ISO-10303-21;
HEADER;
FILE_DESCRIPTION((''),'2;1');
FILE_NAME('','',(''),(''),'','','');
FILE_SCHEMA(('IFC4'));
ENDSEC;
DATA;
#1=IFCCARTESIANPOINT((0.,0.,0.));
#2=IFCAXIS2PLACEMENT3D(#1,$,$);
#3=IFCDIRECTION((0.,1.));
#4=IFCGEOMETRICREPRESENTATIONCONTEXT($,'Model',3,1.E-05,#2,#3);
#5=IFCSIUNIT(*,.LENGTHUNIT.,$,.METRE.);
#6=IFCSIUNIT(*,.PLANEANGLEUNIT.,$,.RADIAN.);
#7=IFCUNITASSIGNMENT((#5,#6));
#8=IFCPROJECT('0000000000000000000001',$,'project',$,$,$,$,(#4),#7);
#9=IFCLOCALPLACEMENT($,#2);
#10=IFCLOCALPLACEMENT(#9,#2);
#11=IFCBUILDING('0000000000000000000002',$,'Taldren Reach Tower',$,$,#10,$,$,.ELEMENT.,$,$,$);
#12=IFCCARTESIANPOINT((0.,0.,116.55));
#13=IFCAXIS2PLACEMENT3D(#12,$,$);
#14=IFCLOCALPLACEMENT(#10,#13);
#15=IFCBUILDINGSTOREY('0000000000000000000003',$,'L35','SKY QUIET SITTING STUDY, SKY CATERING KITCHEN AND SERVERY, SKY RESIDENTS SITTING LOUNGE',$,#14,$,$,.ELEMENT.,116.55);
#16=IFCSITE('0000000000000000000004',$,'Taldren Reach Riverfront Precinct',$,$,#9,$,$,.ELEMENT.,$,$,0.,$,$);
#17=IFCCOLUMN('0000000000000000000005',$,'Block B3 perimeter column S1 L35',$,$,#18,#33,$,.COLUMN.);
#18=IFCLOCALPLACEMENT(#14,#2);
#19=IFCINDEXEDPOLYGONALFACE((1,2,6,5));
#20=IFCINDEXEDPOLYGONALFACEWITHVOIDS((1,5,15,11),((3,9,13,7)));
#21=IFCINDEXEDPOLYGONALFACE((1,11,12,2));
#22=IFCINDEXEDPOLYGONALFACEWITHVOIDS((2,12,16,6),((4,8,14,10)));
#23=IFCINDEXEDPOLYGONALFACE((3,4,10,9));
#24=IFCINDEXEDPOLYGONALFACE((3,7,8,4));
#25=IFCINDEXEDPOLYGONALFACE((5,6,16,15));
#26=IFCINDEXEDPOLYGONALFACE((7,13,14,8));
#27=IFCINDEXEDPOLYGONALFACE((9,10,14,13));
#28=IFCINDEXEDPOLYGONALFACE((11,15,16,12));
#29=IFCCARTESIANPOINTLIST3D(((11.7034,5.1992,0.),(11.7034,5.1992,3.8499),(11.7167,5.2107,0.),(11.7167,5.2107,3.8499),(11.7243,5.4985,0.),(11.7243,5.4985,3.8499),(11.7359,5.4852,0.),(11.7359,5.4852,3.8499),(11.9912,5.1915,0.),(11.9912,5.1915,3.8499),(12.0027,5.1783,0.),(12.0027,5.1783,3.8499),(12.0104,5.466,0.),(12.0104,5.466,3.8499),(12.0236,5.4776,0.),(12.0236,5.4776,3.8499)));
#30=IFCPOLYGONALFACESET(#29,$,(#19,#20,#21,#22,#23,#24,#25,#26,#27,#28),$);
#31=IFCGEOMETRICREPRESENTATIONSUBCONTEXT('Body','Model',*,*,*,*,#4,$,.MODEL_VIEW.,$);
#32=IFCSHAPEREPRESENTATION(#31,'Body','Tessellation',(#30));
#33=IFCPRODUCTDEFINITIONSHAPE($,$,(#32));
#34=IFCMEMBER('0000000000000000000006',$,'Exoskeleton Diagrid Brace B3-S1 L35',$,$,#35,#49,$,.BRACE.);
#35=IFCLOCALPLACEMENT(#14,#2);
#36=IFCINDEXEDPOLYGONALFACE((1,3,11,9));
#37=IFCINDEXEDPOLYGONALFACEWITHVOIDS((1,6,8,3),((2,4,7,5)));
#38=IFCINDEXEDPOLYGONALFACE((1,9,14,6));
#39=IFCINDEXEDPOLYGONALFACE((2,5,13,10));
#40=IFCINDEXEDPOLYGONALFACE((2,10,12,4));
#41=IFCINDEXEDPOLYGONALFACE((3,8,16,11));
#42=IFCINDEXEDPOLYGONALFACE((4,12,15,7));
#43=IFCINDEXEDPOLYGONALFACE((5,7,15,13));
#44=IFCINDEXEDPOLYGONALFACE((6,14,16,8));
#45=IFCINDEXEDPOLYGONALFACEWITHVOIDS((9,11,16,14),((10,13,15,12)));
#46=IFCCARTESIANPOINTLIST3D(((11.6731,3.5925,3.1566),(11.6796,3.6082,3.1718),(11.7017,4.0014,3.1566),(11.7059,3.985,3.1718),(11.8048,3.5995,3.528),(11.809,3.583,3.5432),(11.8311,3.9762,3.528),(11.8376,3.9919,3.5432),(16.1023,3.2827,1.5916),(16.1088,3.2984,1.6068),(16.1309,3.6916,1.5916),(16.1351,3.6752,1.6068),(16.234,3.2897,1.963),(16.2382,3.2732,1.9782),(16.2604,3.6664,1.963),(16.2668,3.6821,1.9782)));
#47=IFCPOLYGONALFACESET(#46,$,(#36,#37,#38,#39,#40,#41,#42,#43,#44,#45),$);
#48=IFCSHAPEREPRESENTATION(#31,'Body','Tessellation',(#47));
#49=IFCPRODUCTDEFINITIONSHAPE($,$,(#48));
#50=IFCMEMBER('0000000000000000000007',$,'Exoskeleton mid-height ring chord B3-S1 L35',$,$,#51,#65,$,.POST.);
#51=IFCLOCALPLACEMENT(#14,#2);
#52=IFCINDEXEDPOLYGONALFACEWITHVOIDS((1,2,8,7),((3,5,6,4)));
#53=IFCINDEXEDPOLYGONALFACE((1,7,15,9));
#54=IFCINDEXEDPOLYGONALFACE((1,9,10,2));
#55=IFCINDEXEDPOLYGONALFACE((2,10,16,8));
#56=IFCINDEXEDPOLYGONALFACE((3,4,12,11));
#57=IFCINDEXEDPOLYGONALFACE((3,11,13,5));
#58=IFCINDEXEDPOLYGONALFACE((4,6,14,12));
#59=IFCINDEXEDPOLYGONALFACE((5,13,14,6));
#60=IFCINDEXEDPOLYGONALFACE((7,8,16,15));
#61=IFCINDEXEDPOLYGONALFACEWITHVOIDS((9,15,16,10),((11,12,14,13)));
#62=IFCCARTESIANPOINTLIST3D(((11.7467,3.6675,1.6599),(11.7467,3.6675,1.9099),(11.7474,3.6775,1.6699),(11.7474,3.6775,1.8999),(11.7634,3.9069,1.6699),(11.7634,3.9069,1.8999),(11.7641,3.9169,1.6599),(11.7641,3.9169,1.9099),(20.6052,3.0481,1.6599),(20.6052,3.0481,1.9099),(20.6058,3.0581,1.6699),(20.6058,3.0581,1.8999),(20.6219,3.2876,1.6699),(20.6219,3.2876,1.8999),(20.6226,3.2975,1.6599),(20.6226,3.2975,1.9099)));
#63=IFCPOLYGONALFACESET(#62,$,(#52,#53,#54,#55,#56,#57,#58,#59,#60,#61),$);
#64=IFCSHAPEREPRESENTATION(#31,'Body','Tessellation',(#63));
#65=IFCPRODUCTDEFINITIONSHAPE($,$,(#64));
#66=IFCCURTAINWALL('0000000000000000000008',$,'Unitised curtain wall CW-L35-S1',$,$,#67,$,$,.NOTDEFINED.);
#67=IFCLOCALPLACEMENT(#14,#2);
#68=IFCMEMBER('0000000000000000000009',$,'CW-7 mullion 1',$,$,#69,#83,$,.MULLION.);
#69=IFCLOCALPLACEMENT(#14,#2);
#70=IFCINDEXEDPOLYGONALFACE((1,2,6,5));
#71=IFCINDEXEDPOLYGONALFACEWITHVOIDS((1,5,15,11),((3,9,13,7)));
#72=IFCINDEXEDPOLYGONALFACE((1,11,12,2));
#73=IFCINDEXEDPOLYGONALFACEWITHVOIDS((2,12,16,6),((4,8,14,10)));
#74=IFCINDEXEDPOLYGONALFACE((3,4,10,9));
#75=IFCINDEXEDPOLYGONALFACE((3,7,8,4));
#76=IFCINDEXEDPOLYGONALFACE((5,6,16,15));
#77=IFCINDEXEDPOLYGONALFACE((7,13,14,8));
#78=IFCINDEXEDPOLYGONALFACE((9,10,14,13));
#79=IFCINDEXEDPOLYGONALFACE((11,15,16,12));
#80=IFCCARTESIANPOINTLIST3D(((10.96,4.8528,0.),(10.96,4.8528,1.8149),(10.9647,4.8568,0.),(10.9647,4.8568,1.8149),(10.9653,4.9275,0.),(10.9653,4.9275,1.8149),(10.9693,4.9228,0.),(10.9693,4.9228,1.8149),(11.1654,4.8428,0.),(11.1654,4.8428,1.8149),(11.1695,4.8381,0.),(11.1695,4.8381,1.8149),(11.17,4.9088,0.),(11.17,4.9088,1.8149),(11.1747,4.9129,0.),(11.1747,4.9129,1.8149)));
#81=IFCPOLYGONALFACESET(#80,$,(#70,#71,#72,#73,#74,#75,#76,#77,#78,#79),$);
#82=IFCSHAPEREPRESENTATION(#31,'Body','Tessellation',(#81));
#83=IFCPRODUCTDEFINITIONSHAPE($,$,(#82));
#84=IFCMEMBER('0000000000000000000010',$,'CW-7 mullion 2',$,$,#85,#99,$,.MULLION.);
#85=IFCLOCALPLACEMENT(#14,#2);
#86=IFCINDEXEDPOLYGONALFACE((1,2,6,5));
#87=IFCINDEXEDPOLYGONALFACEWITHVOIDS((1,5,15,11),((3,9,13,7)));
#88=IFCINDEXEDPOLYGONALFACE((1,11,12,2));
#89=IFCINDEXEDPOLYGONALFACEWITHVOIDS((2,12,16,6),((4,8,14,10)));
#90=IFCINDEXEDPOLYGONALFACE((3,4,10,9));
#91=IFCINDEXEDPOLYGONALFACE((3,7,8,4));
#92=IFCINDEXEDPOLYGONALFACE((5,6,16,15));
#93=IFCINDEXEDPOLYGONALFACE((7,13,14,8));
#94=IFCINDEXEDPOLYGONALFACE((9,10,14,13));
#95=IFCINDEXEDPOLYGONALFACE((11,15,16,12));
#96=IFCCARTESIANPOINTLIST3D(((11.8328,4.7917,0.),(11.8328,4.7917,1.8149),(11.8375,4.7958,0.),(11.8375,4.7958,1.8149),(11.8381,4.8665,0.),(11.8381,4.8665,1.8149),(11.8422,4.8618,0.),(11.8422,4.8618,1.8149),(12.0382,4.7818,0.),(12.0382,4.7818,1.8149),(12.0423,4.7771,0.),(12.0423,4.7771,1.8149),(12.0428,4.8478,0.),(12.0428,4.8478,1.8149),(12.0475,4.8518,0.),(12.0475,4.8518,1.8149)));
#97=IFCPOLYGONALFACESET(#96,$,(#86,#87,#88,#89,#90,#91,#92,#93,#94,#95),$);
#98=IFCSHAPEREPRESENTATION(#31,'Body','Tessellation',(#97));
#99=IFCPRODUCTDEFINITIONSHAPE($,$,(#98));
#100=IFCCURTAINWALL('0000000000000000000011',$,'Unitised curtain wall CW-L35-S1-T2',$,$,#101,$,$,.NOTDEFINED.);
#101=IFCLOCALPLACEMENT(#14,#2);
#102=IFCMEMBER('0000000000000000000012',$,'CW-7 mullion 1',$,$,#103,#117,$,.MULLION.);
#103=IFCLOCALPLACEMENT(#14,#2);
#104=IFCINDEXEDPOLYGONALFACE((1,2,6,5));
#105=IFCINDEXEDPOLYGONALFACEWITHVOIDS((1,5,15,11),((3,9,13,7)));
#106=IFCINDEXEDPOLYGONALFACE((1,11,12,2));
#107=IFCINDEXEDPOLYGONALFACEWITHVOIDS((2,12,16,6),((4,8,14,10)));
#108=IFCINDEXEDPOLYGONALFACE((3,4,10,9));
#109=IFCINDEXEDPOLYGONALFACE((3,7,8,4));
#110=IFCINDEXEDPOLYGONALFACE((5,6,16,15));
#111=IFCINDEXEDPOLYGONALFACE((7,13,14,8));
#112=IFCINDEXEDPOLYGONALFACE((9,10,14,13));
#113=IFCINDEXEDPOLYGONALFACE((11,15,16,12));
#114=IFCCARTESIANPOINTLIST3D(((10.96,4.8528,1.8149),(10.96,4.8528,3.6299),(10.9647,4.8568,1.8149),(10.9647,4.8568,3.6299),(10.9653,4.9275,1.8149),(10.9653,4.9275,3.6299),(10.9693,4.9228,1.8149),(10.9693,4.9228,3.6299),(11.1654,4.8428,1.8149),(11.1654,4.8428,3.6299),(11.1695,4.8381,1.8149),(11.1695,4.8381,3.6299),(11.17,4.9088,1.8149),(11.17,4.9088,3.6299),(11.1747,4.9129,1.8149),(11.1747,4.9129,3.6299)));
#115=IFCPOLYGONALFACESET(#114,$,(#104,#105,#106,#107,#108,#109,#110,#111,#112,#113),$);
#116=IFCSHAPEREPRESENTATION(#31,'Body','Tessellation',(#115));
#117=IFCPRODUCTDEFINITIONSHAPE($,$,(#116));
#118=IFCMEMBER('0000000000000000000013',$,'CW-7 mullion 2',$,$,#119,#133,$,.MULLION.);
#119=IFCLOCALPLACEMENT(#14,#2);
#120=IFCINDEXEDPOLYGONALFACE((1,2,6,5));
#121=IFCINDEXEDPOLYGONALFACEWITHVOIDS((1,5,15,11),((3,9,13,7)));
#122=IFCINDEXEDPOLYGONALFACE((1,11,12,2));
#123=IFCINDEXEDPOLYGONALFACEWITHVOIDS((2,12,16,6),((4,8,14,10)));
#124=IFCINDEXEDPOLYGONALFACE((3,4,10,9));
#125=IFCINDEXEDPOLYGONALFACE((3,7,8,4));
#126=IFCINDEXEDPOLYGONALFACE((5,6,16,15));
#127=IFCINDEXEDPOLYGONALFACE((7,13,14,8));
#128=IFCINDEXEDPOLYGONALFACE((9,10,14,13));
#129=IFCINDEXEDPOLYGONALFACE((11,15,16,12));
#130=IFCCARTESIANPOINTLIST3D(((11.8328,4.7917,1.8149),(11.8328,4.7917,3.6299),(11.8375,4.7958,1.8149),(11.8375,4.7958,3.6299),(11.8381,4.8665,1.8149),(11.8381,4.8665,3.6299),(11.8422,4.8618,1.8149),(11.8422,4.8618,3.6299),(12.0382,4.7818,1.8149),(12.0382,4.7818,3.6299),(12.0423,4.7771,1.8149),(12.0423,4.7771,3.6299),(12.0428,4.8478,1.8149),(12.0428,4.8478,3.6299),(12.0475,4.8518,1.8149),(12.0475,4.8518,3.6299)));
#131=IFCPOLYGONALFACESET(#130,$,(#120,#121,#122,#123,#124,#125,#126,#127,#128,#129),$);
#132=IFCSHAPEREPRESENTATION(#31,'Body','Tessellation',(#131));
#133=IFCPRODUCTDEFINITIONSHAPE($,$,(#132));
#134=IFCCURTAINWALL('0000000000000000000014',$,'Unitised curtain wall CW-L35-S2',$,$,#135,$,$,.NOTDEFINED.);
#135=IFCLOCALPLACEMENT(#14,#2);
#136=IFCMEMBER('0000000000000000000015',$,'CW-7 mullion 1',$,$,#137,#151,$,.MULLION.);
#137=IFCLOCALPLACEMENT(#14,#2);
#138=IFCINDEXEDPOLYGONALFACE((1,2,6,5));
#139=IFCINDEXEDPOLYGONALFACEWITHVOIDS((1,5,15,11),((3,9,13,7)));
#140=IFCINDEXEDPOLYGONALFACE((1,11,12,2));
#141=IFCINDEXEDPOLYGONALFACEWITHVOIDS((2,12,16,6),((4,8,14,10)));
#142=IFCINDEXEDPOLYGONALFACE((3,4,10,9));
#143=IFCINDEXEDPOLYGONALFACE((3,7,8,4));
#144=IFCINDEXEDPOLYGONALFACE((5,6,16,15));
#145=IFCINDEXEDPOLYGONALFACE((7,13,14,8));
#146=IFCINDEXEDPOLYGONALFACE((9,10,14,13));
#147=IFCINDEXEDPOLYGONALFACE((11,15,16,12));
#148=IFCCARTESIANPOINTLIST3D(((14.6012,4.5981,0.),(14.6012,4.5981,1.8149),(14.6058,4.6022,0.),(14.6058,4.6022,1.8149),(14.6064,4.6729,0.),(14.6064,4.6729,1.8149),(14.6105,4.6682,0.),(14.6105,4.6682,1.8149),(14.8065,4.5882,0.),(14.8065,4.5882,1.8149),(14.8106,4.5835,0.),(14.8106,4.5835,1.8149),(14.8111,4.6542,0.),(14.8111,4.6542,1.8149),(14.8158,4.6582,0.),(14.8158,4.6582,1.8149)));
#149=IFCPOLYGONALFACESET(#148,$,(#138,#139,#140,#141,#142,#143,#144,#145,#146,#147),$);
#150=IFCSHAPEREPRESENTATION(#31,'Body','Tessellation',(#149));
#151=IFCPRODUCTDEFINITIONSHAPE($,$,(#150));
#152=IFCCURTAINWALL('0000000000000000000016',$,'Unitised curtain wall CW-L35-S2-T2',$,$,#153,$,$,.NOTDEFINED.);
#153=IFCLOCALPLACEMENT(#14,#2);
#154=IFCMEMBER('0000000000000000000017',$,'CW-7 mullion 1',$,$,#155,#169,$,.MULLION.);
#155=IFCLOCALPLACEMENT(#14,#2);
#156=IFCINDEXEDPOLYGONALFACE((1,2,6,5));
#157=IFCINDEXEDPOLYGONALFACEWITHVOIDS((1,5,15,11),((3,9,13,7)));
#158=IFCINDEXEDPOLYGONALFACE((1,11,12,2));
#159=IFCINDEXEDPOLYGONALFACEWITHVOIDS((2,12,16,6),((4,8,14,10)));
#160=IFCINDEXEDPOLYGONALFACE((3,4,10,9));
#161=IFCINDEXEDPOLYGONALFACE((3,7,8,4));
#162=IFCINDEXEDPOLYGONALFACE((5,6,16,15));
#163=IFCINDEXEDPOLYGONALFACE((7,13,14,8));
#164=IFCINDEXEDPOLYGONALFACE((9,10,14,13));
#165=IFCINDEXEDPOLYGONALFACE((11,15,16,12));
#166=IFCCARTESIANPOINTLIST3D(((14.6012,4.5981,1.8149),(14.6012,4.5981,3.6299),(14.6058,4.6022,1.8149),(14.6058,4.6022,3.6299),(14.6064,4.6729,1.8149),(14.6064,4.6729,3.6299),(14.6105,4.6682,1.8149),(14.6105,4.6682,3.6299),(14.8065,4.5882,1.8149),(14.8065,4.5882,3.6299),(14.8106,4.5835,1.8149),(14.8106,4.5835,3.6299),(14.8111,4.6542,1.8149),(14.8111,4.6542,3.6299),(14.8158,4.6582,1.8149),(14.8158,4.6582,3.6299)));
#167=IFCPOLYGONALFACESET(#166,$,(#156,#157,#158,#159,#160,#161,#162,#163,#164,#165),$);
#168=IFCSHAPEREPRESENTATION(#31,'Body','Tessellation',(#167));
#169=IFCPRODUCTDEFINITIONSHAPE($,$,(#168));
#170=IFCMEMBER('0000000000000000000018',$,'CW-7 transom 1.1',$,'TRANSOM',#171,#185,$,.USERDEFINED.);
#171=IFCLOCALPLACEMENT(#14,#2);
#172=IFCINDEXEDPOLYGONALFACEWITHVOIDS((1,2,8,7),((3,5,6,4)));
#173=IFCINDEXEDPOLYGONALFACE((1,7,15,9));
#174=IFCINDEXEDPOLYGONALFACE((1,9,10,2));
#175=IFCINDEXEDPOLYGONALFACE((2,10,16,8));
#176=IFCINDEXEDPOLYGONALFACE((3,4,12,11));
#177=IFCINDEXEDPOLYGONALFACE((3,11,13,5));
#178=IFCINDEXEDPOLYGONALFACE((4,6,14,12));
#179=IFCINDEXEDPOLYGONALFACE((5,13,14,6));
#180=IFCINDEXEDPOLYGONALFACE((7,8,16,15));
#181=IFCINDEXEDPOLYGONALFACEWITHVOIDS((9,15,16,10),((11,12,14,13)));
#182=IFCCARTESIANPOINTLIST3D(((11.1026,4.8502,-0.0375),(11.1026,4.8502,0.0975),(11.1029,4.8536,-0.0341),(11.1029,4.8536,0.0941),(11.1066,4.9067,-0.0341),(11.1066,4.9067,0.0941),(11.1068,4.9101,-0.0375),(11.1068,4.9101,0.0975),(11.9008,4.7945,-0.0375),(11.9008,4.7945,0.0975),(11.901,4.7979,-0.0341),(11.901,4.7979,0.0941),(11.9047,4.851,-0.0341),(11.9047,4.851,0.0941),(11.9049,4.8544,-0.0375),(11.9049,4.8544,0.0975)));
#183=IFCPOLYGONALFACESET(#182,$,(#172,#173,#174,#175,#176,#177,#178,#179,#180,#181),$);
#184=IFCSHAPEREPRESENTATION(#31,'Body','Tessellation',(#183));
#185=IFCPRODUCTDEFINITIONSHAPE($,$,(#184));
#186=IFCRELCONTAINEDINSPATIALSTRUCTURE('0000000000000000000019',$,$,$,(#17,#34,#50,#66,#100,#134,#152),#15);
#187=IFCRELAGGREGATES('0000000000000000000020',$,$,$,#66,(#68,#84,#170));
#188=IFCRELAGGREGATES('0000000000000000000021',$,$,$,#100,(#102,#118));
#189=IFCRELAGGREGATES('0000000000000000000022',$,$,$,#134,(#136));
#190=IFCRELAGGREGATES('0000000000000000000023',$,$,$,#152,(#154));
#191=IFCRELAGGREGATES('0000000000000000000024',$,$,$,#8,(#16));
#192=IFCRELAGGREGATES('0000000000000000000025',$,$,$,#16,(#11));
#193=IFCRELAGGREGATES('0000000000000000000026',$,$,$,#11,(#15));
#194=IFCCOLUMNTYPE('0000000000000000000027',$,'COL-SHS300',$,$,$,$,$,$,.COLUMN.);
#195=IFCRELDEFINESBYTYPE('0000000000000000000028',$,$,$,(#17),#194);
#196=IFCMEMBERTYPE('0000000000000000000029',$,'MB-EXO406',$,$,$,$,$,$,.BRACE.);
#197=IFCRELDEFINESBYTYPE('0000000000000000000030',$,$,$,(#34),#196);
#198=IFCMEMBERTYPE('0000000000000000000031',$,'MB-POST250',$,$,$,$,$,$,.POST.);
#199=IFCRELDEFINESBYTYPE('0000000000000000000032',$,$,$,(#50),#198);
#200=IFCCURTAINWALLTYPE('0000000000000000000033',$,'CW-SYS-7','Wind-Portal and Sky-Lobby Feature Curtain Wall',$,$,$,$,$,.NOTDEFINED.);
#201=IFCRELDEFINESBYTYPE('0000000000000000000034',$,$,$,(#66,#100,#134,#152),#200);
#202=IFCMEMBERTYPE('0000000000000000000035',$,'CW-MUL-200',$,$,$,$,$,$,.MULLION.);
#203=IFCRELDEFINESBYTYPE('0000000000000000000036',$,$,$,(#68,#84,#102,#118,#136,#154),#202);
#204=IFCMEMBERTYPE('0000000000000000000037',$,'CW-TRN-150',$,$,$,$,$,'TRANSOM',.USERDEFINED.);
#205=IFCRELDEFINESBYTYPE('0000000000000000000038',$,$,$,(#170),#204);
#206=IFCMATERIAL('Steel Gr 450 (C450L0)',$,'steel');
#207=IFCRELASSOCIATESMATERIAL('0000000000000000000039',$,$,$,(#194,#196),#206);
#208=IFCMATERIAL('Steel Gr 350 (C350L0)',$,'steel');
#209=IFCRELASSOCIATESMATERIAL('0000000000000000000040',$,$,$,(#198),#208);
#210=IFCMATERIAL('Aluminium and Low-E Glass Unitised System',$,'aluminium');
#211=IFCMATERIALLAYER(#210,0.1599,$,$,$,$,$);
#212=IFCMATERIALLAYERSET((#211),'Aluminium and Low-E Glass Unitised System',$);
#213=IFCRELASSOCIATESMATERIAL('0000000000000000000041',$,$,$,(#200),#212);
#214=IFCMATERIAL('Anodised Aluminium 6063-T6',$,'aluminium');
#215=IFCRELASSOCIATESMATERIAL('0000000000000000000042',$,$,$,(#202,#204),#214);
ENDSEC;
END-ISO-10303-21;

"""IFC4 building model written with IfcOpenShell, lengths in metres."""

from ifc_helpers import new_model, si_unit, direction, frame, origin, origin_2d, place, context, subcontext, project, spatial, hollow_rectangle, extrude, source, transform, mapped, material, layer, layer_set, material_profile, profile_set, type_object, element, aggregate, save


model = new_model("IFC4")

# Units and contexts
model_context = context("Model", 3, precision=1e-05, world=origin(), true_north=direction((0.0, 1.0)))
body_context = subcontext(model_context, "Body", "Model", "MODEL_VIEW")
ifc_project = project(units=[si_unit("LENGTHUNIT", "METRE"), si_unit("PLANEANGLEUNIT", "RADIAN")], contexts=[model_context])

# Site, building, storey
site_placement = place(None, origin())
site = spatial("IfcSite", under=ifc_project, at=site_placement, Name="Taldren Reach Riverfront Precinct", CompositionType="ELEMENT", RefElevation=0.0)
building_placement = place(site_placement, origin())
building = spatial("IfcBuilding", under=site, at=building_placement, Name="Taldren Reach Tower", CompositionType="ELEMENT")
storey_placement = place(building_placement, frame((0.0, 0.0, 116.55)))
storey = spatial("IfcBuildingStorey", under=building, at=storey_placement, Name="L35", Description="SKY QUIET SITTING STUDY, SKY CATERING KITCHEN AND SERVERY, SKY RESIDENTS SITTING LOUNGE", CompositionType="ELEMENT", Elevation=116.55)

# Column
ifc_material_1 = material(Name="Steel Gr 450 (C450L0)", Category="steel")
ifc_material_profile_1 = material_profile(ifc_material_1, hollow_rectangle(XDim=0.3, YDim=0.3, WallThickness=0.0125, at=origin_2d()), Name="300x300x12.5SHS")
ifc_profile_set_1 = profile_set([ifc_material_profile_1], Name="Steel Gr 450 (C450L0)")
column_type = type_object("IfcColumnType", Name="COL-SHS300", PredefinedType="COLUMN", material=ifc_profile_set_1)
shared_shape_1 = source(origin(), body_context, "Body", "SweptSolid", [
    extrude(hollow_rectangle(XDim=0.3, YDim=0.3, WallThickness=0.0125, at=origin_2d()), origin(), (0.0, 0.0, 1.0), 3.8499),
])
column_placement = place(storey_placement, frame((11.8635, 5.3384, 0.0), z_axis=(0.0, 0.0, 1.0), x_axis=(0.997564, -0.069756, 0.0)))
element("IfcColumn", 1, at=column_placement, inside=storey, type_object=column_type, Name="Block B3 perimeter column S1 L35", PredefinedType="COLUMN", context=body_context, shape_type="MappedRepresentation", body=[
    mapped(shared_shape_1, transform((0.0, 0.0, 0.0), scale=1.0)),
])

# Members
ifc_material_profile_2 = material_profile(ifc_material_1, hollow_rectangle(XDim=0.4099, YDim=0.4099, WallThickness=0.0161, at=origin_2d()), Name="410x410x16.0SHS")
ifc_profile_set_2 = profile_set([ifc_material_profile_2], Name="Steel Gr 450 (C450L0)")
member_type_1 = type_object("IfcMemberType", Name="MB-EXO406", PredefinedType="BRACE", material=ifc_profile_set_2)
shared_shape_2 = source(origin(), body_context, "Body", "SweptSolid", [
    extrude(hollow_rectangle(XDim=0.4099, YDim=0.4099, WallThickness=0.0161, at=origin_2d()), origin(), (0.0, 0.0, 1.0), 4.7078),
])
member_1_placement = place(storey_placement, frame((16.1846, 3.4824, 1.7849), z_axis=(-0.940833, 0.06581, 0.332419), x_axis=(-0.069778, -0.997563, 0.0)))
element("IfcMember", 2, at=member_1_placement, inside=storey, type_object=member_type_1, Name="Exoskeleton Diagrid Brace B3-S1 L35", PredefinedType="BRACE", context=body_context, shape_type="MappedRepresentation", body=[
    mapped(shared_shape_2, transform((0.0, 0.0, 0.0), scale=1.0)),
])
ifc_material_2 = material(Name="Steel Gr 350 (C350L0)", Category="steel")
ifc_material_profile_3 = material_profile(ifc_material_2, hollow_rectangle(XDim=0.25, YDim=0.25, WallThickness=0.01, at=origin_2d()), Name="250x250x10.0SHS")
ifc_profile_set_3 = profile_set([ifc_material_profile_3], Name="Steel Gr 350 (C350L0)")
member_type_2 = type_object("IfcMemberType", Name="MB-POST250", PredefinedType="POST", material=ifc_profile_set_3)
shared_shape_3 = source(origin(), body_context, "Body", "SweptSolid", [
    extrude(hollow_rectangle(XDim=0.25, YDim=0.25, WallThickness=0.01, at=origin_2d()), origin(), (0.0, 0.0, 1.0), 8.8801),
])
member_2_placement = place(storey_placement, frame((11.7554, 3.7922, 1.7849), z_axis=(0.997564, -0.06975, 0.0), x_axis=(0.06975, 0.997564, 0.0)))
element("IfcMember", 3, at=member_2_placement, inside=storey, type_object=member_type_2, Name="Exoskeleton mid-height ring chord B3-S1 L35", PredefinedType="POST", context=body_context, shape_type="MappedRepresentation", body=[
    mapped(shared_shape_3, transform((0.0, 0.0, 0.0), scale=1.0)),
])

# Curtain walls, members
ifc_material_3 = material(Name="Aluminium and Low-E Glass Unitised System", Category="aluminium")
ifc_layer_1 = layer(ifc_material_3, 0.1599)
ifc_layer_set_1 = layer_set([ifc_layer_1], Name="Aluminium and Low-E Glass Unitised System")
curtain_wall_type = type_object("IfcCurtainWallType", Name="CW-SYS-7", Description="Wind-Portal and Sky-Lobby Feature Curtain Wall", PredefinedType="NOTDEFINED", material=ifc_layer_set_1)
curtain_wall_1_placement = place(storey_placement, origin())
curtain_wall_1 = element("IfcCurtainWall", 4, at=curtain_wall_1_placement, inside=storey, type_object=curtain_wall_type, Name="Unitised curtain wall CW-L35-S1", PredefinedType="NOTDEFINED")
ifc_material_4 = material(Name="Anodised Aluminium 6063-T6", Category="aluminium")
ifc_material_profile_4 = material_profile(ifc_material_4, hollow_rectangle(XDim=0.075, YDim=0.21, WallThickness=0.0044, at=origin_2d()), Name="ALU-210x75x4.5RHS")
ifc_profile_set_4 = profile_set([ifc_material_profile_4], Name="Anodised Aluminium 6063-T6")
member_type_3 = type_object("IfcMemberType", Name="CW-MUL-200", PredefinedType="MULLION", material=ifc_profile_set_4)
shared_shape_4 = source(origin(), body_context, "Body", "SweptSolid", [
    extrude(hollow_rectangle(XDim=0.075, YDim=0.21, WallThickness=0.0044, at=origin_2d()), origin(), (0.0, 0.0, 1.0), 1.8149),
])
member_3_placement = place(storey_placement, frame((11.0674, 4.8828, 0.0), z_axis=(0.0, 0.0, 1.0), x_axis=(0.069758, 0.997564, 0.0)))
member_3 = element("IfcMember", 5, at=member_3_placement, type_object=member_type_3, Name="CW-7 mullion 1", PredefinedType="MULLION", context=body_context, shape_type="MappedRepresentation", body=[
    mapped(shared_shape_4, transform((0.0, 0.0, 0.0), scale=1.0)),
])
member_4_placement = place(storey_placement, frame((11.9402, 4.8218, 0.0), z_axis=(0.0, 0.0, 1.0), x_axis=(0.069758, 0.997564, 0.0)))
member_4 = element("IfcMember", 6, at=member_4_placement, type_object=member_type_3, Name="CW-7 mullion 2", PredefinedType="MULLION", context=body_context, shape_type="MappedRepresentation", body=[
    mapped(shared_shape_4, transform((0.0, 0.0, 0.0), scale=1.0)),
])
curtain_wall_2_placement = place(storey_placement, origin())
curtain_wall_2 = element("IfcCurtainWall", 7, at=curtain_wall_2_placement, inside=storey, type_object=curtain_wall_type, Name="Unitised curtain wall CW-L35-S1-T2", PredefinedType="NOTDEFINED")
member_5_placement = place(storey_placement, frame((11.0674, 4.8828, 1.8149), z_axis=(0.0, 0.0, 1.0), x_axis=(0.069758, 0.997564, 0.0)))
member_5 = element("IfcMember", 8, at=member_5_placement, type_object=member_type_3, Name="CW-7 mullion 1", PredefinedType="MULLION", context=body_context, shape_type="MappedRepresentation", body=[
    mapped(shared_shape_4, transform((0.0, 0.0, 0.0), scale=1.0)),
])
member_6_placement = place(storey_placement, frame((11.9402, 4.8218, 1.8149), z_axis=(0.0, 0.0, 1.0), x_axis=(0.069758, 0.997564, 0.0)))
member_6 = element("IfcMember", 9, at=member_6_placement, type_object=member_type_3, Name="CW-7 mullion 2", PredefinedType="MULLION", context=body_context, shape_type="MappedRepresentation", body=[
    mapped(shared_shape_4, transform((0.0, 0.0, 0.0), scale=1.0)),
])

# Curtain walls, members
curtain_wall_3_placement = place(storey_placement, origin())
curtain_wall_3 = element("IfcCurtainWall", 10, at=curtain_wall_3_placement, inside=storey, type_object=curtain_wall_type, Name="Unitised curtain wall CW-L35-S2", PredefinedType="NOTDEFINED")
member_7_placement = place(storey_placement, frame((14.7085, 4.6282, 0.0), z_axis=(0.0, 0.0, 1.0), x_axis=(0.069757, 0.997564, 0.0)))
member_7 = element("IfcMember", 11, at=member_7_placement, type_object=member_type_3, Name="CW-7 mullion 1", PredefinedType="MULLION", context=body_context, shape_type="MappedRepresentation", body=[
    mapped(shared_shape_4, transform((0.0, 0.0, 0.0), scale=1.0)),
])
curtain_wall_4_placement = place(storey_placement, origin())
curtain_wall_4 = element("IfcCurtainWall", 12, at=curtain_wall_4_placement, inside=storey, type_object=curtain_wall_type, Name="Unitised curtain wall CW-L35-S2-T2", PredefinedType="NOTDEFINED")
member_8_placement = place(storey_placement, frame((14.7085, 4.6282, 1.8149), z_axis=(0.0, 0.0, 1.0), x_axis=(0.069757, 0.997564, 0.0)))
member_8 = element("IfcMember", 13, at=member_8_placement, type_object=member_type_3, Name="CW-7 mullion 1", PredefinedType="MULLION", context=body_context, shape_type="MappedRepresentation", body=[
    mapped(shared_shape_4, transform((0.0, 0.0, 0.0), scale=1.0)),
])

# Member
ifc_material_profile_5 = material_profile(ifc_material_4, hollow_rectangle(XDim=0.0601, YDim=0.135, WallThickness=0.0034, at=origin_2d()), Name="ALU-135x60x3.5RHS")
ifc_profile_set_5 = profile_set([ifc_material_profile_5], Name="Anodised Aluminium 6063-T6")
member_type_4 = type_object("IfcMemberType", Name="CW-TRN-150", ElementType="TRANSOM", PredefinedType="USERDEFINED", material=ifc_profile_set_5)
shared_shape_5 = source(origin(), body_context, "Body", "SweptSolid", [
    extrude(hollow_rectangle(XDim=0.0601, YDim=0.135, WallThickness=0.0034, at=origin_2d()), origin(), (0.0, 0.0, 1.0), 0.8),
])
member_9_placement = place(storey_placement, frame((11.1047, 4.8801, 0.03), z_axis=(0.997577, -0.069577, 0.0), x_axis=(0.069577, 0.997577, 0.0)))
member_9 = element("IfcMember", 14, at=member_9_placement, type_object=member_type_4, Name="CW-7 transom 1.1", ObjectType="TRANSOM", PredefinedType="USERDEFINED", context=body_context, shape_type="MappedRepresentation", body=[
    mapped(shared_shape_5, transform((0.0, 0.0, 0.0), scale=1.0)),
])

aggregate(curtain_wall_1, [member_3, member_4, member_9])
aggregate(curtain_wall_2, [member_5, member_6])
aggregate(curtain_wall_3, [member_7])
aggregate(curtain_wall_4, [member_8])

save(model, "model.ifc")
